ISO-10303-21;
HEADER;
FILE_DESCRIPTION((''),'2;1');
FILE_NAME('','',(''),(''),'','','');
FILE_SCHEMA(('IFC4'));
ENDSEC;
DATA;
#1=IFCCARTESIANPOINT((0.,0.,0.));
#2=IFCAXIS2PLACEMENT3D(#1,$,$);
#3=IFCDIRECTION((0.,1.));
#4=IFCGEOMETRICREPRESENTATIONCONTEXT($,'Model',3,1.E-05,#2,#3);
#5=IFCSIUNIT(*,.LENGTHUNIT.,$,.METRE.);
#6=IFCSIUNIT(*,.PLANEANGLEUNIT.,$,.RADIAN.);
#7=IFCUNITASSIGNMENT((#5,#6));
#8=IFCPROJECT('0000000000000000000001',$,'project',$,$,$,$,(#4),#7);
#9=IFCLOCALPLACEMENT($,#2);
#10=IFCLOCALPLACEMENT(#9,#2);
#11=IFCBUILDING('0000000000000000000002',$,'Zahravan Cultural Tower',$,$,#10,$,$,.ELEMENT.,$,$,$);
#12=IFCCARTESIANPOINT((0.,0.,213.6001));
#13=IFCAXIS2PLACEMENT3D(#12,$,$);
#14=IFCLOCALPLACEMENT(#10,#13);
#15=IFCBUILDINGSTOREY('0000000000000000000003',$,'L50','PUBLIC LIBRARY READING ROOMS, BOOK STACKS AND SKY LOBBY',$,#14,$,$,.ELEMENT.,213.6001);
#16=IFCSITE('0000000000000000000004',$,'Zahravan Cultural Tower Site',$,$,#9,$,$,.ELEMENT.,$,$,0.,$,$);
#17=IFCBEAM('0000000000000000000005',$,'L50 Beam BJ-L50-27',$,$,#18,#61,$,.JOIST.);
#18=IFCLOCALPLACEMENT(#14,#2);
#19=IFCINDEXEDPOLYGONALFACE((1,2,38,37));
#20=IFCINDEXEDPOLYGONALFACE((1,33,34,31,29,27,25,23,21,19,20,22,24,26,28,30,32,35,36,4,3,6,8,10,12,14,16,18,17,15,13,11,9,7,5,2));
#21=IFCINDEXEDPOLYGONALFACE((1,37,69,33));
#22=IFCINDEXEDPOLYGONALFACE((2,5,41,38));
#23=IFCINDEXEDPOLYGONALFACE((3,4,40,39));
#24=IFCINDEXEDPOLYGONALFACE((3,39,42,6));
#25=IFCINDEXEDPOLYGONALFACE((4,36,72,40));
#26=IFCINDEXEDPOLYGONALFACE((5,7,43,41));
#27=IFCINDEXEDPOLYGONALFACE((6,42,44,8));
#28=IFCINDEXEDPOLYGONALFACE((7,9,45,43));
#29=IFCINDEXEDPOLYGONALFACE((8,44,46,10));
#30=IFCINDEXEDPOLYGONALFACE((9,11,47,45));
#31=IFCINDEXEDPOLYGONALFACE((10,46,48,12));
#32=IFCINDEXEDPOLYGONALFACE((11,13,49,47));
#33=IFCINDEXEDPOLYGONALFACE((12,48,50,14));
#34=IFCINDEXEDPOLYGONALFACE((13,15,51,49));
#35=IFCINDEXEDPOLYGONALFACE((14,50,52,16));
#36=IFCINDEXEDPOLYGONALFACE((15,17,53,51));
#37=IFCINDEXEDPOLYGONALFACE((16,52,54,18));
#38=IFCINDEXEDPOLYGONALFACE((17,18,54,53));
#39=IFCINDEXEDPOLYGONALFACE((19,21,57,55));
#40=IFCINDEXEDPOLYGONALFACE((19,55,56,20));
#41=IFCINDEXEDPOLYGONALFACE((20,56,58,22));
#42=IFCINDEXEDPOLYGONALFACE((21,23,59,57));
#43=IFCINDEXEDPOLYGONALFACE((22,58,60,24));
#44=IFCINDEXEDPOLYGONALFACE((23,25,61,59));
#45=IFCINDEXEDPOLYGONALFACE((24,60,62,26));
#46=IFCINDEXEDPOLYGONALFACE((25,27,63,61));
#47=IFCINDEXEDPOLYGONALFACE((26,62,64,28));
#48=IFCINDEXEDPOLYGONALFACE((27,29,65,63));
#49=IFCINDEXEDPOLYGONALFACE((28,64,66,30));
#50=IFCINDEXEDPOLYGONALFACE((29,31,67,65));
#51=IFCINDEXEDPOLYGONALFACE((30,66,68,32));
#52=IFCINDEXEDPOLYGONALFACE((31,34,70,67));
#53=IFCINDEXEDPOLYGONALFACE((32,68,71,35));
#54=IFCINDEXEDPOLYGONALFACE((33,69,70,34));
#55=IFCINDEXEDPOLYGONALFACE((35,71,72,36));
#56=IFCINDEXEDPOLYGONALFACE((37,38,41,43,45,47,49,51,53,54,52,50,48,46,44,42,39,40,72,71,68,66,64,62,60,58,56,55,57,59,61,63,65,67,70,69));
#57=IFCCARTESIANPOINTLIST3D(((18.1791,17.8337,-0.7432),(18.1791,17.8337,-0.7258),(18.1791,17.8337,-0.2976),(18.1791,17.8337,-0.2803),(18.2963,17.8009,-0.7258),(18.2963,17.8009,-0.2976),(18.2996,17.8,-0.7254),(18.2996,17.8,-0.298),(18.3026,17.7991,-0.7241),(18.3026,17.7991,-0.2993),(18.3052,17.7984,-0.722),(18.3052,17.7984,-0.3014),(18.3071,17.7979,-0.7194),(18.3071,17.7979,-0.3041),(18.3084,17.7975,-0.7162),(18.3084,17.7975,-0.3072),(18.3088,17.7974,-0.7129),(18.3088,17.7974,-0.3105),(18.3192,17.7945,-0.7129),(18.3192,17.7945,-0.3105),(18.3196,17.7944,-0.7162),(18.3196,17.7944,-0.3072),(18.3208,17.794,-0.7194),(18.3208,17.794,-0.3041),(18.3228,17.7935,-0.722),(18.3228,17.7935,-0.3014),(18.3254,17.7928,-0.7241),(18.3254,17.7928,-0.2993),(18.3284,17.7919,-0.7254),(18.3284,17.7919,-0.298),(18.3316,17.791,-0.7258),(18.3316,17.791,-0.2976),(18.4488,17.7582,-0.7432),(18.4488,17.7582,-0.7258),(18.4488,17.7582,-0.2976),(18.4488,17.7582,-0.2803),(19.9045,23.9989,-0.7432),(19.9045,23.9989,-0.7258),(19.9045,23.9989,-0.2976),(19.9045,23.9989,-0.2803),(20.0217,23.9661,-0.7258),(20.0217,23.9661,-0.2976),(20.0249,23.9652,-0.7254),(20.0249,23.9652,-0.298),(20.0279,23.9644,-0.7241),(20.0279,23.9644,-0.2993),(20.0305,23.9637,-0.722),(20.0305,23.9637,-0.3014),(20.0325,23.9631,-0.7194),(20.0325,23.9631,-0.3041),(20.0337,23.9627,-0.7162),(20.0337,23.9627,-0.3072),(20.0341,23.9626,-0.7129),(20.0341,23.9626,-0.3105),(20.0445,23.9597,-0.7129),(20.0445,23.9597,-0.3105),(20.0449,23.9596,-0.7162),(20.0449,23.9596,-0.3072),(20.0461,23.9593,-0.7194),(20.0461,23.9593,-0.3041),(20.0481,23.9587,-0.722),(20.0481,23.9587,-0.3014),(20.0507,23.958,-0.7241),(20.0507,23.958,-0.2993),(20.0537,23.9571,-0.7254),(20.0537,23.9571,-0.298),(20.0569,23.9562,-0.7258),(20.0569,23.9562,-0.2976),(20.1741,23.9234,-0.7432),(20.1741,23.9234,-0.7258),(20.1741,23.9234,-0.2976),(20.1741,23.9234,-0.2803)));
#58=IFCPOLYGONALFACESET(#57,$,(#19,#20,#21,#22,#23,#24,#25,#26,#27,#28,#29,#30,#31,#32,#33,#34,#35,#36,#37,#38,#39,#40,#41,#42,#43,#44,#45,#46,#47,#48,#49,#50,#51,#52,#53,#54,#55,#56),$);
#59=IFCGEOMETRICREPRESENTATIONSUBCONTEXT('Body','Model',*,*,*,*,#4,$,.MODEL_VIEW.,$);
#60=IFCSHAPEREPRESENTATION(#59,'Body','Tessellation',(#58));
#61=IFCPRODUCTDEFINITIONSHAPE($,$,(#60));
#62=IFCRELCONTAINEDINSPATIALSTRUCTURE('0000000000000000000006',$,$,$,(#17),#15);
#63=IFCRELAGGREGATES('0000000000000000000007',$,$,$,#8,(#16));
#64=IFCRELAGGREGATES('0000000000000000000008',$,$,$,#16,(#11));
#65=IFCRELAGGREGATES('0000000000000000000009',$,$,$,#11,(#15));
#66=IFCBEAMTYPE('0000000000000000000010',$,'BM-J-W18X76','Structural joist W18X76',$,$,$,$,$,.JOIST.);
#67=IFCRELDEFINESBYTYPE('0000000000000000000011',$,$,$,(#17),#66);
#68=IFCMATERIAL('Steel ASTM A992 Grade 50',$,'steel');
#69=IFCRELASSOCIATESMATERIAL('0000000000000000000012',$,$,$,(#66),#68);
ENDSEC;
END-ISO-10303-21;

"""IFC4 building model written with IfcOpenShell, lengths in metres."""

from ifc_helpers import new_model, si_unit, direction, frame, origin, origin_2d, place, context, subcontext, project, spatial, i_section, extrude, source, transform, mapped, material, material_profile, profile_set, type_object, element, save


model = new_model("IFC4")

# Units and contexts
model_context = context("Model", 3, precision=1e-05, world=origin(), true_north=direction((0.0, 1.0)))
body_context = subcontext(model_context, "Body", "Model", "MODEL_VIEW")
ifc_project = project(units=[si_unit("LENGTHUNIT", "METRE"), si_unit("PLANEANGLEUNIT", "RADIAN")], contexts=[model_context])

# Site, building, storey
site_placement = place(None, origin())
site = spatial("IfcSite", under=ifc_project, at=site_placement, Name="Zahravan Cultural Tower Site", CompositionType="ELEMENT", RefElevation=0.0)
building_placement = place(site_placement, origin())
building = spatial("IfcBuilding", under=site, at=building_placement, Name="Zahravan Cultural Tower", CompositionType="ELEMENT")
storey_placement = place(building_placement, frame((0.0, 0.0, 213.6001)))
storey = spatial("IfcBuildingStorey", under=building, at=storey_placement, Name="L50", Description="PUBLIC LIBRARY READING ROOMS, BOOK STACKS AND SKY LOBBY", CompositionType="ELEMENT", Elevation=213.6001)

# Shared definitions
ifc_material_1 = material(Name="Steel ASTM A992 Grade 50", Category="steel")

# Beam
ifc_material_profile_1 = material_profile(ifc_material_1, i_section(OverallWidth=0.28, OverallDepth=0.4629, WebThickness=0.0107, FlangeThickness=0.0173, FilletRadius=0.0129, at=origin_2d()), Name="W18X76")
ifc_profile_set_1 = profile_set([ifc_material_profile_1], Name="Steel ASTM A992 Grade 50")
beam_type = type_object("IfcBeamType", Name="BM-J-W18X76", Description="Structural joist W18X76", PredefinedType="JOIST", material=ifc_profile_set_1)
shared_shape_1 = source(origin(), body_context, "Body", "SweptSolid", [
    extrude(i_section(OverallWidth=0.28, OverallDepth=0.4629, WebThickness=0.0107, FlangeThickness=0.0173, FilletRadius=0.0129, at=origin_2d()), origin(), (0.0, 0.0, 1.0), 6.4021),
])
beam_1_placement = place(storey_placement, frame((20.0393, 23.9612, -0.5117), z_axis=(-0.269494, -0.963002, 0.0), x_axis=(0.963002, -0.269494, 0.0)))
element("IfcBeam", 1, at=beam_1_placement, inside=storey, type_object=beam_type, Name="L50 Beam BJ-L50-27", PredefinedType="JOIST", context=body_context, shape_type="MappedRepresentation", body=[
    mapped(shared_shape_1, transform((0.0, 0.0, 0.0), x_axis=(1.0, 0.0, 0.0), y_axis=(0.0, 1.0, 0.0), z_axis=(0.0, 0.0, 1.0), scale=1.0)),
])

save(model, "model.ifc")
